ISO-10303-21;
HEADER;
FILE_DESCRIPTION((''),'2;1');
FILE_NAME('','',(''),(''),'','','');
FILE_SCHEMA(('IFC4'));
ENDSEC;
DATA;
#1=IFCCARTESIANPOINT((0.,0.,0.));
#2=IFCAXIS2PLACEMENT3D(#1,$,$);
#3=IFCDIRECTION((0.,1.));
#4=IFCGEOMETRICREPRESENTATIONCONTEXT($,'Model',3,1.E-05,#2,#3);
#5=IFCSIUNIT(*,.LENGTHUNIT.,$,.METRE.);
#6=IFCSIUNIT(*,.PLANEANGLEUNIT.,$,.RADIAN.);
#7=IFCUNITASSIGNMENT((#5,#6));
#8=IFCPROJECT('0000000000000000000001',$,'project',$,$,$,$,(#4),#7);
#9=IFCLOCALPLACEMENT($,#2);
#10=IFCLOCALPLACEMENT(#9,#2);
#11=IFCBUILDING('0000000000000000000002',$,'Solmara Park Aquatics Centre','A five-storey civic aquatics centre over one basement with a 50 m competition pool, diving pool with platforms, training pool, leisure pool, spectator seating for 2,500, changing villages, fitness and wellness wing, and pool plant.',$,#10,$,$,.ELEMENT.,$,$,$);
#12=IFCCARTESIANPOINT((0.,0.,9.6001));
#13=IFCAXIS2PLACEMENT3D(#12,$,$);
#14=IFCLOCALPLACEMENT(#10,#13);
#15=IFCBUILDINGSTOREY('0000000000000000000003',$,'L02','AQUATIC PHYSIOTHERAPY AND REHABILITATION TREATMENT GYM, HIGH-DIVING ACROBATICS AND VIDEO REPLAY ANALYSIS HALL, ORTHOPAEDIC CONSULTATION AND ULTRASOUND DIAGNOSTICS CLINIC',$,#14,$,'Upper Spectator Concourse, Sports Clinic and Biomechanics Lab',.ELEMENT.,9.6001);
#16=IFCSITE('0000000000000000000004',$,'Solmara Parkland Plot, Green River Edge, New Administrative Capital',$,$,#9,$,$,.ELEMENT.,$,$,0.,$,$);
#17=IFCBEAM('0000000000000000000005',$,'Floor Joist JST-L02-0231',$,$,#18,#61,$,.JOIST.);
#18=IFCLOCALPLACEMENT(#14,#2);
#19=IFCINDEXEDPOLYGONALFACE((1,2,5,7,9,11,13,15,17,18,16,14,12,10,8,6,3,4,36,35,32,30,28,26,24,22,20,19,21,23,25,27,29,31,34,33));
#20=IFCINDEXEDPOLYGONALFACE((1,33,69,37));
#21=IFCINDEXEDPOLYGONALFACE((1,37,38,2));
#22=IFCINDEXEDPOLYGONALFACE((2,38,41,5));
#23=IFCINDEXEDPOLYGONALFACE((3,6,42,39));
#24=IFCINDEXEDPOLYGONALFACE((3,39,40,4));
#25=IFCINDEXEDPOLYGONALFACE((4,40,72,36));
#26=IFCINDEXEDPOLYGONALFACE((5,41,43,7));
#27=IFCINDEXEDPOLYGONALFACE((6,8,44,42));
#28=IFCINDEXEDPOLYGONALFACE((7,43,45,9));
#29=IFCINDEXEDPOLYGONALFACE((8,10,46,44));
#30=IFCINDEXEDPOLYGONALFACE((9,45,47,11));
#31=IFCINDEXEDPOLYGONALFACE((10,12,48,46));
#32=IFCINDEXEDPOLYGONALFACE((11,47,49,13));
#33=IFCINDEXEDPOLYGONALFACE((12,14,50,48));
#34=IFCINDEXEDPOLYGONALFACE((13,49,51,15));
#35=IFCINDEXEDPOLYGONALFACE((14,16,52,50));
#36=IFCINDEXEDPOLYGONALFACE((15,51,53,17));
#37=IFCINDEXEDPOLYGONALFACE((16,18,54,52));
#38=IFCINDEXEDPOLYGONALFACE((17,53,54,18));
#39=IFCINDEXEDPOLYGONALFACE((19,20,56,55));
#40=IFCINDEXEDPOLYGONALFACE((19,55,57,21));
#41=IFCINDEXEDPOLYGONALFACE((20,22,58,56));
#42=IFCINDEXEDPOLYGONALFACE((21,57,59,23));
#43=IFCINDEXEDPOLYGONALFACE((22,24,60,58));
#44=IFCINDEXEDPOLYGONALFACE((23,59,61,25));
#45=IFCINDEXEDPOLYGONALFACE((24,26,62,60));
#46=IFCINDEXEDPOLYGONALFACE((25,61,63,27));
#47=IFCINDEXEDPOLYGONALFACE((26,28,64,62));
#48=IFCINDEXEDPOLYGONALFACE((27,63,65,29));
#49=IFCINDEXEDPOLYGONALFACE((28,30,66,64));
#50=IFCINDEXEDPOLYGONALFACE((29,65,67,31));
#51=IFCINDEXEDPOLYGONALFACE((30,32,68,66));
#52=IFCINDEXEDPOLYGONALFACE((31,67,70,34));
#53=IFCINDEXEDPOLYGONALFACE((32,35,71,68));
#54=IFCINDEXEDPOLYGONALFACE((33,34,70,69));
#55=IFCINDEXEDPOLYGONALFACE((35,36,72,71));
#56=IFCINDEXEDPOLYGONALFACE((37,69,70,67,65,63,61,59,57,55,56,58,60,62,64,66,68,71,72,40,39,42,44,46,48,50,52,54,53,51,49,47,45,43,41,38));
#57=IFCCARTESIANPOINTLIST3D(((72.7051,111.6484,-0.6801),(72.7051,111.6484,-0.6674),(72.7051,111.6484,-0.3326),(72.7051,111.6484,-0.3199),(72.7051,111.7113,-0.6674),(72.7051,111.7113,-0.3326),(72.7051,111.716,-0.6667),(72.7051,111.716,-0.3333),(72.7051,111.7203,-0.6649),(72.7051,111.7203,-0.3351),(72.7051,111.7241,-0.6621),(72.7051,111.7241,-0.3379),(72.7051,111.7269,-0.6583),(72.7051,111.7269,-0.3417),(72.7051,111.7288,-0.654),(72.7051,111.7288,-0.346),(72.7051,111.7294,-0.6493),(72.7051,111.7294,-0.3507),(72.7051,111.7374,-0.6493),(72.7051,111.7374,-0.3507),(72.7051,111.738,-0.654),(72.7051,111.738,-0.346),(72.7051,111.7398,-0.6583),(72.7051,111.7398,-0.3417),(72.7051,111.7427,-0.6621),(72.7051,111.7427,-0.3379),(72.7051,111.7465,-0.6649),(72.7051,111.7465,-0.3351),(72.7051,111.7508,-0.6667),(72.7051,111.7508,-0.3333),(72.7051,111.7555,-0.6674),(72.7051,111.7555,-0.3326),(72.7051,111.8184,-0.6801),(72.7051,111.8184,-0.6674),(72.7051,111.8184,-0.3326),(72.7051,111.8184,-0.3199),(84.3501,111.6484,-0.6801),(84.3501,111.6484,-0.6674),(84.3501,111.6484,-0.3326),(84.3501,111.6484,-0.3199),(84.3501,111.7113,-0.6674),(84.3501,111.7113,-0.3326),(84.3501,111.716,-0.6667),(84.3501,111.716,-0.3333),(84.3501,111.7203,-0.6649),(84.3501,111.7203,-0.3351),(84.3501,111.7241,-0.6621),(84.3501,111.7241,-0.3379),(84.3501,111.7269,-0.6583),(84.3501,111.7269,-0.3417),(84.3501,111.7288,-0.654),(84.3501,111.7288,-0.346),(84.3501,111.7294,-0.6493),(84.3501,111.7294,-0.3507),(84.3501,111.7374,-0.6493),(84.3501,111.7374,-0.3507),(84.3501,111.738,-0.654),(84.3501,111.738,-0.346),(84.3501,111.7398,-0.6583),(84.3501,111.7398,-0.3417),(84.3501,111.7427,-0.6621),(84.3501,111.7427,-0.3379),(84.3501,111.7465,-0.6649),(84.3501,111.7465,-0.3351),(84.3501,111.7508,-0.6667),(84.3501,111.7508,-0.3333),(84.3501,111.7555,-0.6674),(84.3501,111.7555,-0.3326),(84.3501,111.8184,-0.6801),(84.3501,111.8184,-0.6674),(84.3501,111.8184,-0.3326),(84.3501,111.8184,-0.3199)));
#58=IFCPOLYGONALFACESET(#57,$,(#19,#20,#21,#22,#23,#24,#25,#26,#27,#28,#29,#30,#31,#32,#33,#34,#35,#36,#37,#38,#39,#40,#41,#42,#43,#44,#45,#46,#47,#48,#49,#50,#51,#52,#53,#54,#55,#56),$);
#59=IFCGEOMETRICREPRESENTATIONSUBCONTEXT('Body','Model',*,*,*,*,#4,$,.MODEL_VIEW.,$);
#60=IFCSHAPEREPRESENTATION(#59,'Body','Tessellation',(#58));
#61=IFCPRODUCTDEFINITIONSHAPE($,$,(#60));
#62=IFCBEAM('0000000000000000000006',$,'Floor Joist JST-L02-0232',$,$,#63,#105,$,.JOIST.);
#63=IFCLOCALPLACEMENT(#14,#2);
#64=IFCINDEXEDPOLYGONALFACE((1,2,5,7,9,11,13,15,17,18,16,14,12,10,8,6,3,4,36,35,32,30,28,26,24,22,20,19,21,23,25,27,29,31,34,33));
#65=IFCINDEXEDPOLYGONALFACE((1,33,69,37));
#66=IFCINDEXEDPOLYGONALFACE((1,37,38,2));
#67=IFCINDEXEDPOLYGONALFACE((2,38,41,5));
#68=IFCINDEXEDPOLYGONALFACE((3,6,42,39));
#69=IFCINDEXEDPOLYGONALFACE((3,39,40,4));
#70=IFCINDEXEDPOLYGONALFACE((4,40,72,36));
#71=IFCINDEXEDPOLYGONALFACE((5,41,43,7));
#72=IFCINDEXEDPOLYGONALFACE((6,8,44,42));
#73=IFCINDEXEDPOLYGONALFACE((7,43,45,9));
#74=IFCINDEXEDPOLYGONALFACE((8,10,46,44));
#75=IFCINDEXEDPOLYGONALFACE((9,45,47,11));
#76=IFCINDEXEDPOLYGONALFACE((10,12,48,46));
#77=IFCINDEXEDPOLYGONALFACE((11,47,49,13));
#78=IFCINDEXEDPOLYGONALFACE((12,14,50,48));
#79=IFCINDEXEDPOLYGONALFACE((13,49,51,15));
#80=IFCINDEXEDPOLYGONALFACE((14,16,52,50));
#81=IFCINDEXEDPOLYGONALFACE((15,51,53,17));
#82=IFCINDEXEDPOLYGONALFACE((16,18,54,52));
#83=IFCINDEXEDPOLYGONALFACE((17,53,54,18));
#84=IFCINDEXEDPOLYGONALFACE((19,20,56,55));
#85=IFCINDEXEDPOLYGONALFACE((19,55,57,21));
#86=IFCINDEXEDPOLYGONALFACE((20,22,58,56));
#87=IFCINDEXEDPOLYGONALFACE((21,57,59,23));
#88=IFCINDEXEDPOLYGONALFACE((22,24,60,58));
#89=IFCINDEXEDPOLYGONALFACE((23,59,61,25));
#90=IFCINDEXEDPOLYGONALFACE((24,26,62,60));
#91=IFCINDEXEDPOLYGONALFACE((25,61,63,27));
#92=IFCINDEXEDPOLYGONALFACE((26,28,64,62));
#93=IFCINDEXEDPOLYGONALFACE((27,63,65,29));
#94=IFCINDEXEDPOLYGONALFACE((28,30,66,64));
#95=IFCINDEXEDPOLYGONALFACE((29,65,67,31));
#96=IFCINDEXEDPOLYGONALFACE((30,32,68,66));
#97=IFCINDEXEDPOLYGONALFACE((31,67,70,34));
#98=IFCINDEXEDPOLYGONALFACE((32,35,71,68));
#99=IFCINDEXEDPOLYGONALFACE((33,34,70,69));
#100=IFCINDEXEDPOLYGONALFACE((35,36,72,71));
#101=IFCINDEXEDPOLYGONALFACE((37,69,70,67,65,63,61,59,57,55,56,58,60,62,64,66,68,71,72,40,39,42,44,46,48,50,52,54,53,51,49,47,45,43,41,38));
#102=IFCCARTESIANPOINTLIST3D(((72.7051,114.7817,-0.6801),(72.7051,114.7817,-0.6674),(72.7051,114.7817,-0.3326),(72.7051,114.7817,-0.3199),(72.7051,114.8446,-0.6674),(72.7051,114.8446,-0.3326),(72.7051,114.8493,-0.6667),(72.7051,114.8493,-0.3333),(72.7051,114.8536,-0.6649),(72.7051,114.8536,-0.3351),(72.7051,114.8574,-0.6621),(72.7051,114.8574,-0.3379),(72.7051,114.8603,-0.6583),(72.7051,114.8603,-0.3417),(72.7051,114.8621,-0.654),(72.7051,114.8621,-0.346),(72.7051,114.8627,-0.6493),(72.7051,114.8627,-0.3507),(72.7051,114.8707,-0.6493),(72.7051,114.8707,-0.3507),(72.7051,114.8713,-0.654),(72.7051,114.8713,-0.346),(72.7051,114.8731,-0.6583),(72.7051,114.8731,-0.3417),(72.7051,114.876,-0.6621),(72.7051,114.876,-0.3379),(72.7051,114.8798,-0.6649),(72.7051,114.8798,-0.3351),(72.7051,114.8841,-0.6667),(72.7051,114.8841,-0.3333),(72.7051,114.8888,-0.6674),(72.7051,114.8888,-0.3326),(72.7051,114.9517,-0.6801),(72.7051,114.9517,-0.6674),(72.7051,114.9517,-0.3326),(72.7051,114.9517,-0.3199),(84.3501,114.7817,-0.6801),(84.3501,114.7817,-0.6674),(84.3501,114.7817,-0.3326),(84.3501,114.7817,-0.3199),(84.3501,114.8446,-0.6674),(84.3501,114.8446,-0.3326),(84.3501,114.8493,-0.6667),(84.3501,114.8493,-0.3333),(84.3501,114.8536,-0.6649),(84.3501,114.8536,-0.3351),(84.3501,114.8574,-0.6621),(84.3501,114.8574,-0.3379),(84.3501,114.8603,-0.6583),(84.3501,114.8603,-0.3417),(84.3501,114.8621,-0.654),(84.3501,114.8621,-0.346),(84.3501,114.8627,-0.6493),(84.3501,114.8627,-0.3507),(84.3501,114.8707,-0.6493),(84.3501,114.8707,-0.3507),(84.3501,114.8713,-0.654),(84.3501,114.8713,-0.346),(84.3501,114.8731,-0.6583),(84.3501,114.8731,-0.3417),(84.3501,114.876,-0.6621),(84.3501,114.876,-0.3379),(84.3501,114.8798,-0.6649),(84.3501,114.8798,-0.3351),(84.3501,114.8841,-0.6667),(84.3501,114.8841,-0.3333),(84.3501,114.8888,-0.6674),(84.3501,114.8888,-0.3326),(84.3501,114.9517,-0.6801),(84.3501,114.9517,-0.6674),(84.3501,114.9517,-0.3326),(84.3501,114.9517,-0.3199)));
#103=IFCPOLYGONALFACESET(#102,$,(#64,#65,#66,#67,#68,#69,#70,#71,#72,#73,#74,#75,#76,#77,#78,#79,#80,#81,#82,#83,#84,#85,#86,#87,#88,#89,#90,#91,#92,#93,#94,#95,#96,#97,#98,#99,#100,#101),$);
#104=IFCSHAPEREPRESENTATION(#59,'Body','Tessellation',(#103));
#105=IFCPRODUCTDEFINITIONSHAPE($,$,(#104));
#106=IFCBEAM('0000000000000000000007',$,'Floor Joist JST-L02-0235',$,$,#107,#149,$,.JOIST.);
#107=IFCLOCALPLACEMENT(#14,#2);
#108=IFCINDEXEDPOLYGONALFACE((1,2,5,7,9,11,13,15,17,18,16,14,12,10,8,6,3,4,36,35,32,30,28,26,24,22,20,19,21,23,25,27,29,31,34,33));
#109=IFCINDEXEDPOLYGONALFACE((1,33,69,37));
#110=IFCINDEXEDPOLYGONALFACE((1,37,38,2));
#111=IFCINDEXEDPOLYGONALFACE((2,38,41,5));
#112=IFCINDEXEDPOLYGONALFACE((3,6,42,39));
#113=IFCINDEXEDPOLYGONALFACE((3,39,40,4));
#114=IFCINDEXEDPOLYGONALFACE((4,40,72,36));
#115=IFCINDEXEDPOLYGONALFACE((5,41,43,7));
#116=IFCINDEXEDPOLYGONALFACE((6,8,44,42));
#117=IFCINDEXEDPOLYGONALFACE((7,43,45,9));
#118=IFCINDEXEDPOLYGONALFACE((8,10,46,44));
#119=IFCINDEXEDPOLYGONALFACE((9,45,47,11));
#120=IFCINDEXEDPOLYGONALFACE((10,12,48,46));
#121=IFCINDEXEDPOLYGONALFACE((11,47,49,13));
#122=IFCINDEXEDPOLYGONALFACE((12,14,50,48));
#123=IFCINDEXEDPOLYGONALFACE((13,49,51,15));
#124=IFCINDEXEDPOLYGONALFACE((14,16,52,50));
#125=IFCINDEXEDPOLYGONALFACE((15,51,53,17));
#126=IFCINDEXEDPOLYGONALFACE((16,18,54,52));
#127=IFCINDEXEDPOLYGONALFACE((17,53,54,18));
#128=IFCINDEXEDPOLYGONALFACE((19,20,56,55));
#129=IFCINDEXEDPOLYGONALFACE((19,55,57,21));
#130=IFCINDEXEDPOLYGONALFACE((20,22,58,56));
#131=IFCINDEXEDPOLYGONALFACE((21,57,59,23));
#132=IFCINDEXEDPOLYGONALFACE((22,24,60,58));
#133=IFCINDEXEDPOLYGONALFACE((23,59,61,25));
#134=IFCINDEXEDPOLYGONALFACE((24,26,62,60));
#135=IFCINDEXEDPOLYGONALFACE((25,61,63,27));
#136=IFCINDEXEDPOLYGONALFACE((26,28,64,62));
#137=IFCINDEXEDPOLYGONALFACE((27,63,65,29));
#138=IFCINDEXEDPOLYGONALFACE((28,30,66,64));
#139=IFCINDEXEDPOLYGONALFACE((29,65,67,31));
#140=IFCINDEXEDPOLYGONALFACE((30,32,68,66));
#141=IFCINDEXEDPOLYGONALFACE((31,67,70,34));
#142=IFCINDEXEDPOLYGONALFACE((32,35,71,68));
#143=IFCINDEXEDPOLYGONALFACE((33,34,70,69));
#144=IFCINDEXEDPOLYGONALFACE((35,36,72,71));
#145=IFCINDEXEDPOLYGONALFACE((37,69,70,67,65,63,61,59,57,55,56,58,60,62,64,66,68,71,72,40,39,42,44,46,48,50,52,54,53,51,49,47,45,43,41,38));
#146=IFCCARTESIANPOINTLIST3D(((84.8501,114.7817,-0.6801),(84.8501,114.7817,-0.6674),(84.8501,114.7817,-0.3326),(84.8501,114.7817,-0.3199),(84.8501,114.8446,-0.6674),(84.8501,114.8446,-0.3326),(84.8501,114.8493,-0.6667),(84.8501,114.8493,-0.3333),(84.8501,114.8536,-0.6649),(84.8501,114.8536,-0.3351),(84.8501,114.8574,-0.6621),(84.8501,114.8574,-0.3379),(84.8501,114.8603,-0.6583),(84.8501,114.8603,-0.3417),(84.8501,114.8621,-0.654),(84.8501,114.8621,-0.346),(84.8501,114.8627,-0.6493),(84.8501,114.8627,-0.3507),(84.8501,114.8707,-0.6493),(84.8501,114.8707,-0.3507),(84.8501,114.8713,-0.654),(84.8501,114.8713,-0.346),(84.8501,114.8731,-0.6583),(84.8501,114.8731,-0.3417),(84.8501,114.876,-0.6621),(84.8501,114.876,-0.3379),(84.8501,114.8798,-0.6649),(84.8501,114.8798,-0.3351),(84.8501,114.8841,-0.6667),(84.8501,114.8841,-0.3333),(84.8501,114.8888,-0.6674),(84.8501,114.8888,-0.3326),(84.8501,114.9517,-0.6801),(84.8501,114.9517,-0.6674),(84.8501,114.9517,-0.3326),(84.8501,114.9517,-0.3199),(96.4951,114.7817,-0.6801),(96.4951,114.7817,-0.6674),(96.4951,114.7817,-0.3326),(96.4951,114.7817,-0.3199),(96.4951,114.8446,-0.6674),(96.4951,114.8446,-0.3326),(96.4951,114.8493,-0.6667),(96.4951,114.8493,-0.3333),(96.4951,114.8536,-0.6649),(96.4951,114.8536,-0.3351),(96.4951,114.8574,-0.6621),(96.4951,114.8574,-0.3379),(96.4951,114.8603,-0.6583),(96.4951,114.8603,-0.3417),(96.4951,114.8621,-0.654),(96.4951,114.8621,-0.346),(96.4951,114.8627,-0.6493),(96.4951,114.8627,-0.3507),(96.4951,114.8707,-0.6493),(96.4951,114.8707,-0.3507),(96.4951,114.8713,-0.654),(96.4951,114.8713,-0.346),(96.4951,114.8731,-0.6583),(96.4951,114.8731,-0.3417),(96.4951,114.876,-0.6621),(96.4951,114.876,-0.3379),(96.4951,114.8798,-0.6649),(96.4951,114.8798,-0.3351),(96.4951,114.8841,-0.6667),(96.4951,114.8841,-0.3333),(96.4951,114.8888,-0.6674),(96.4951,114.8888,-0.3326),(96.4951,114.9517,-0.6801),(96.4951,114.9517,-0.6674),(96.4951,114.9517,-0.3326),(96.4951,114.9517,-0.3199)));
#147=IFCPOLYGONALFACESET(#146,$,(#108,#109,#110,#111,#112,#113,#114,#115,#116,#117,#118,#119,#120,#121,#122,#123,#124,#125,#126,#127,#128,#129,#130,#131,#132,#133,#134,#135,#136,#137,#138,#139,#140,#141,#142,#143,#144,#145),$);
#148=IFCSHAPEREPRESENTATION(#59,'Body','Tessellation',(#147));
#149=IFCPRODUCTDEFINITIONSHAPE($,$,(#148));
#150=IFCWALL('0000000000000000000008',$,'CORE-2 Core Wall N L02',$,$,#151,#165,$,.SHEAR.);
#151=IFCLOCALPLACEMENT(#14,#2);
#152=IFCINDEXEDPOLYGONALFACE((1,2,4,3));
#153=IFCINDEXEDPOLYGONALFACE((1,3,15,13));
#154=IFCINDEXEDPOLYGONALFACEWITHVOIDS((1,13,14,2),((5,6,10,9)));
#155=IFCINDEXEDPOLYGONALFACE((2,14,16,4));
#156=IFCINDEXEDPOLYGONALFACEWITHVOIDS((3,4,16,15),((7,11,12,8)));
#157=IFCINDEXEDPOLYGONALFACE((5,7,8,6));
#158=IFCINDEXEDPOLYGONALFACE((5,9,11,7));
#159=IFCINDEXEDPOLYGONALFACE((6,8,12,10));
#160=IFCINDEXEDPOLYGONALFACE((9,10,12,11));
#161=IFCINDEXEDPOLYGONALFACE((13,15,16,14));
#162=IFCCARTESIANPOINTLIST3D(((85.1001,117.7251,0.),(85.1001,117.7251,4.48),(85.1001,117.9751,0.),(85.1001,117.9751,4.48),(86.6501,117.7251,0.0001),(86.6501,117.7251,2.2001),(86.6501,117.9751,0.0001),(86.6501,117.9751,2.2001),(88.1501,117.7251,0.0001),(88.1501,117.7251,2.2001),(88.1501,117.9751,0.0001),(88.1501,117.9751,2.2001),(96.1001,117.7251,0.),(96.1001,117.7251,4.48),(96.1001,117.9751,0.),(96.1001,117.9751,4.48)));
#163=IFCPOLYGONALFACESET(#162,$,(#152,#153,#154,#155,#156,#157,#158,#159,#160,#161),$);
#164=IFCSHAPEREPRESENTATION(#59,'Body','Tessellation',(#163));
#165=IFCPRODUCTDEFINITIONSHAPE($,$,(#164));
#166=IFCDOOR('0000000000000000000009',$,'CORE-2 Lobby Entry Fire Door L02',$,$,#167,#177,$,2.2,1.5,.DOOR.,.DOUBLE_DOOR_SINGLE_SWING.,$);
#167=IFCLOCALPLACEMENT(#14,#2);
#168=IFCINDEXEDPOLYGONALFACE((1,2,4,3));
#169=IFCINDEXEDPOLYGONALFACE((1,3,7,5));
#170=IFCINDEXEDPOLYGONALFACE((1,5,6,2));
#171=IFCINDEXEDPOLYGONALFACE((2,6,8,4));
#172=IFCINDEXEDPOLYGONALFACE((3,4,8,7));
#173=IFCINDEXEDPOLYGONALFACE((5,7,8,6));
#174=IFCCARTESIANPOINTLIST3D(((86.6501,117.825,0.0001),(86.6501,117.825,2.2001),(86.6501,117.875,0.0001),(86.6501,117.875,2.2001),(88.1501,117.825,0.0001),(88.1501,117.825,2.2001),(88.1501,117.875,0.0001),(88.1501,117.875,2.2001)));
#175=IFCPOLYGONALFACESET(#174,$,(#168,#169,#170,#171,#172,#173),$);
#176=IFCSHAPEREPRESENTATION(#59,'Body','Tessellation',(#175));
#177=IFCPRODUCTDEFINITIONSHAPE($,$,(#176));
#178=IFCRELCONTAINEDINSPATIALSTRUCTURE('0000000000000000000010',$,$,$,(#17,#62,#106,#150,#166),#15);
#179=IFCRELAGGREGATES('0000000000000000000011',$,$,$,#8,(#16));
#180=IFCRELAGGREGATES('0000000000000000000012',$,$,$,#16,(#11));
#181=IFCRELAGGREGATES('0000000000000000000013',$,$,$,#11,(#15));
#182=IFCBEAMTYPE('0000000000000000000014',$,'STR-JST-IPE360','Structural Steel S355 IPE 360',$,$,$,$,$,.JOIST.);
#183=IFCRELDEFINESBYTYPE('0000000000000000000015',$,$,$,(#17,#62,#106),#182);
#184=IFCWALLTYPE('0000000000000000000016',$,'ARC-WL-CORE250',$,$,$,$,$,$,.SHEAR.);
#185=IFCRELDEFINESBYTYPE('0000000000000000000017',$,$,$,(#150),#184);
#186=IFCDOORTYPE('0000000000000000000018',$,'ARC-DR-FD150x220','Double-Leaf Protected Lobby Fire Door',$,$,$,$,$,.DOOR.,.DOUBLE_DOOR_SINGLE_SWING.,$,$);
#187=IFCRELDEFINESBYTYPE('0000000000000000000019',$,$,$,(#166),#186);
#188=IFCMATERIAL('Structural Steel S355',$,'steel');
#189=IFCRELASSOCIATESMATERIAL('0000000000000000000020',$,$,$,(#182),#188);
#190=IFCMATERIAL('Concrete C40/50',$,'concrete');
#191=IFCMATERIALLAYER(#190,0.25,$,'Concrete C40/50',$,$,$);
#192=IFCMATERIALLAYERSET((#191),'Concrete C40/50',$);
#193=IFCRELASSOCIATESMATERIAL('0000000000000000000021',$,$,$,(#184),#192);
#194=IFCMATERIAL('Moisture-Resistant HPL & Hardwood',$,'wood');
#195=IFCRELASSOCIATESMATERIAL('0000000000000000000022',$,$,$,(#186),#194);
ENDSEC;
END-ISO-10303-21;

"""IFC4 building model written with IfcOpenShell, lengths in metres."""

from ifc_helpers import new_model, si_unit, direction, frame, frame_2d, origin, origin_2d, place, context, subcontext, project, spatial, rectangle, i_section, extrude, material, layer, layer_set, material_profile, profile_set, type_object, element, fill, save


model = new_model("IFC4")

# Units and contexts
model_context = context("Model", 3, precision=1e-05, world=origin(), true_north=direction((0.0, 1.0)))
body_context = subcontext(model_context, "Body", "Model", "MODEL_VIEW")
ifc_project = project(units=[si_unit("LENGTHUNIT", "METRE"), si_unit("PLANEANGLEUNIT", "RADIAN")], contexts=[model_context])

# Site, building, storey
site_placement = place(None, origin())
site = spatial("IfcSite", under=ifc_project, at=site_placement, Name="Solmara Parkland Plot, Green River Edge, New Administrative Capital", CompositionType="ELEMENT", RefElevation=0.0)
building_placement = place(site_placement, origin())
building = spatial("IfcBuilding", under=site, at=building_placement, Name="Solmara Park Aquatics Centre", Description="A five-storey civic aquatics centre over one basement with a 50 m competition pool, diving pool with platforms, training pool, leisure pool, spectator seating for 2,500, changing villages, fitness and wellness wing, and pool plant.", CompositionType="ELEMENT")
storey_placement = place(building_placement, frame((0.0, 0.0, 9.6001)))
storey = spatial("IfcBuildingStorey", under=building, at=storey_placement, Name="L02", Description="AQUATIC PHYSIOTHERAPY AND REHABILITATION TREATMENT GYM, HIGH-DIVING ACROBATICS AND VIDEO REPLAY ANALYSIS HALL, ORTHOPAEDIC CONSULTATION AND ULTRASOUND DIAGNOSTICS CLINIC", LongName="Upper Spectator Concourse, Sports Clinic and Biomechanics Lab", CompositionType="ELEMENT", Elevation=9.6001)

# Shared definitions
ifc_material_1 = material(Name="Structural Steel S355", Category="steel")

# Beams
ifc_material_profile_1 = material_profile(ifc_material_1, i_section(OverallWidth=0.1699, OverallDepth=0.3601, WebThickness=0.0081, FlangeThickness=0.0127, FilletRadius=0.0181, at=origin_2d()), Name="IPE 360")
ifc_profile_set_1 = profile_set([ifc_material_profile_1], Name="Structural Steel S355")
beam_type_1 = type_object("IfcBeamType", Name="STR-JST-IPE360", Description="Structural Steel S355 IPE 360", PredefinedType="JOIST", material=ifc_profile_set_1)
for number, where, z_axis, x_axis, name in (
    (1, (72.7051, 111.7334, -0.5), (1.0, 0.0, 0.0), (0.0, 1.0, 0.0), "Floor Joist JST-L02-0231"),
    (2, (72.7051, 114.8667, -0.5), (1.0, 0.0, 0.0), (0.0, 1.0, 0.0), "Floor Joist JST-L02-0232"),
    (3, (84.8501, 114.8667, -0.5), (1.0, 0.0, 0.0), (0.0, 1.0, 0.0), "Floor Joist JST-L02-0235"),
):
    element("IfcBeam", number, at=place(storey_placement, frame(where, z_axis=z_axis, x_axis=x_axis)), inside=storey, type_object=beam_type_1, Name=name, PredefinedType="JOIST", context=body_context, shape_type="SweptSolid", body=[
        extrude(i_section(OverallWidth=0.1699, OverallDepth=0.3601, WebThickness=0.0081, FlangeThickness=0.0127, FilletRadius=0.0181, at=origin_2d()), origin(), (0.0, 0.0, 1.0), 11.645),
    ])

# Wall, opening, door
ifc_material_2 = material(Name="Concrete C40/50", Category="concrete")
ifc_layer_1 = layer(ifc_material_2, 0.25, Name="Concrete C40/50")
ifc_layer_set_1 = layer_set([ifc_layer_1], Name="Concrete C40/50")
wall_type_1 = type_object("IfcWallType", Name="ARC-WL-CORE250", PredefinedType="SHEAR", material=ifc_layer_set_1)
wall_1_placement = place(storey_placement, frame((85.1001, 117.8501, 0.0), z_axis=(0.0, 0.0, 1.0), x_axis=(1.0, 0.0, 0.0)))
wall_1 = element("IfcWall", 4, at=wall_1_placement, inside=storey, type_object=wall_type_1, Name="CORE-2 Core Wall N L02", PredefinedType="SHEAR", context=body_context, shape_type="SweptSolid", body=[
    extrude(rectangle(XDim=11.0, YDim=0.25, at=frame_2d((5.5, 0.0))), origin(), (0.0, 0.0, 1.0), 4.48),
])
opening_1_placement = place(wall_1_placement, frame((1.55, 0.0, 0.0)))
opening_1 = element("IfcOpeningElement", 5, at=opening_1_placement, cuts=wall_1, PredefinedType="OPENING", context=body_context, shape_type="SweptSolid", body=[
    extrude(rectangle(XDim=1.5, YDim=2.2, at=frame_2d((0.75, 1.1001))), frame((0.0, 0.135, 0.0), z_axis=(0.0, -1.0, 0.0), x_axis=(1.0, 0.0, 0.0)), (0.0, 0.0, 1.0), 0.27),
])
ifc_material_3 = material(Name="Moisture-Resistant HPL & Hardwood", Category="wood")
door_type_1 = type_object("IfcDoorType", Name="ARC-DR-FD150x220", Description="Double-Leaf Protected Lobby Fire Door", OperationType="DOUBLE_DOOR_SINGLE_SWING", PredefinedType="DOOR", material=ifc_material_3)
door_1_placement = place(opening_1_placement, origin())
door_1 = element("IfcDoor", 6, at=door_1_placement, inside=storey, type_object=door_type_1, Name="CORE-2 Lobby Entry Fire Door L02", OperationType="DOUBLE_DOOR_SINGLE_SWING", OverallHeight=2.2, OverallWidth=1.5, PredefinedType="DOOR", context=body_context, shape_type="SweptSolid", body=[
    extrude(rectangle(XDim=1.5, YDim=2.2, at=frame_2d((0.75, 1.1001))), frame((0.0, 0.0249, 0.0), z_axis=(0.0, -1.0, 0.0), x_axis=(1.0, 0.0, 0.0)), (0.0, 0.0, 1.0), 0.05),
])
fill(opening_1, door_1)

save(model, "model.ifc")
